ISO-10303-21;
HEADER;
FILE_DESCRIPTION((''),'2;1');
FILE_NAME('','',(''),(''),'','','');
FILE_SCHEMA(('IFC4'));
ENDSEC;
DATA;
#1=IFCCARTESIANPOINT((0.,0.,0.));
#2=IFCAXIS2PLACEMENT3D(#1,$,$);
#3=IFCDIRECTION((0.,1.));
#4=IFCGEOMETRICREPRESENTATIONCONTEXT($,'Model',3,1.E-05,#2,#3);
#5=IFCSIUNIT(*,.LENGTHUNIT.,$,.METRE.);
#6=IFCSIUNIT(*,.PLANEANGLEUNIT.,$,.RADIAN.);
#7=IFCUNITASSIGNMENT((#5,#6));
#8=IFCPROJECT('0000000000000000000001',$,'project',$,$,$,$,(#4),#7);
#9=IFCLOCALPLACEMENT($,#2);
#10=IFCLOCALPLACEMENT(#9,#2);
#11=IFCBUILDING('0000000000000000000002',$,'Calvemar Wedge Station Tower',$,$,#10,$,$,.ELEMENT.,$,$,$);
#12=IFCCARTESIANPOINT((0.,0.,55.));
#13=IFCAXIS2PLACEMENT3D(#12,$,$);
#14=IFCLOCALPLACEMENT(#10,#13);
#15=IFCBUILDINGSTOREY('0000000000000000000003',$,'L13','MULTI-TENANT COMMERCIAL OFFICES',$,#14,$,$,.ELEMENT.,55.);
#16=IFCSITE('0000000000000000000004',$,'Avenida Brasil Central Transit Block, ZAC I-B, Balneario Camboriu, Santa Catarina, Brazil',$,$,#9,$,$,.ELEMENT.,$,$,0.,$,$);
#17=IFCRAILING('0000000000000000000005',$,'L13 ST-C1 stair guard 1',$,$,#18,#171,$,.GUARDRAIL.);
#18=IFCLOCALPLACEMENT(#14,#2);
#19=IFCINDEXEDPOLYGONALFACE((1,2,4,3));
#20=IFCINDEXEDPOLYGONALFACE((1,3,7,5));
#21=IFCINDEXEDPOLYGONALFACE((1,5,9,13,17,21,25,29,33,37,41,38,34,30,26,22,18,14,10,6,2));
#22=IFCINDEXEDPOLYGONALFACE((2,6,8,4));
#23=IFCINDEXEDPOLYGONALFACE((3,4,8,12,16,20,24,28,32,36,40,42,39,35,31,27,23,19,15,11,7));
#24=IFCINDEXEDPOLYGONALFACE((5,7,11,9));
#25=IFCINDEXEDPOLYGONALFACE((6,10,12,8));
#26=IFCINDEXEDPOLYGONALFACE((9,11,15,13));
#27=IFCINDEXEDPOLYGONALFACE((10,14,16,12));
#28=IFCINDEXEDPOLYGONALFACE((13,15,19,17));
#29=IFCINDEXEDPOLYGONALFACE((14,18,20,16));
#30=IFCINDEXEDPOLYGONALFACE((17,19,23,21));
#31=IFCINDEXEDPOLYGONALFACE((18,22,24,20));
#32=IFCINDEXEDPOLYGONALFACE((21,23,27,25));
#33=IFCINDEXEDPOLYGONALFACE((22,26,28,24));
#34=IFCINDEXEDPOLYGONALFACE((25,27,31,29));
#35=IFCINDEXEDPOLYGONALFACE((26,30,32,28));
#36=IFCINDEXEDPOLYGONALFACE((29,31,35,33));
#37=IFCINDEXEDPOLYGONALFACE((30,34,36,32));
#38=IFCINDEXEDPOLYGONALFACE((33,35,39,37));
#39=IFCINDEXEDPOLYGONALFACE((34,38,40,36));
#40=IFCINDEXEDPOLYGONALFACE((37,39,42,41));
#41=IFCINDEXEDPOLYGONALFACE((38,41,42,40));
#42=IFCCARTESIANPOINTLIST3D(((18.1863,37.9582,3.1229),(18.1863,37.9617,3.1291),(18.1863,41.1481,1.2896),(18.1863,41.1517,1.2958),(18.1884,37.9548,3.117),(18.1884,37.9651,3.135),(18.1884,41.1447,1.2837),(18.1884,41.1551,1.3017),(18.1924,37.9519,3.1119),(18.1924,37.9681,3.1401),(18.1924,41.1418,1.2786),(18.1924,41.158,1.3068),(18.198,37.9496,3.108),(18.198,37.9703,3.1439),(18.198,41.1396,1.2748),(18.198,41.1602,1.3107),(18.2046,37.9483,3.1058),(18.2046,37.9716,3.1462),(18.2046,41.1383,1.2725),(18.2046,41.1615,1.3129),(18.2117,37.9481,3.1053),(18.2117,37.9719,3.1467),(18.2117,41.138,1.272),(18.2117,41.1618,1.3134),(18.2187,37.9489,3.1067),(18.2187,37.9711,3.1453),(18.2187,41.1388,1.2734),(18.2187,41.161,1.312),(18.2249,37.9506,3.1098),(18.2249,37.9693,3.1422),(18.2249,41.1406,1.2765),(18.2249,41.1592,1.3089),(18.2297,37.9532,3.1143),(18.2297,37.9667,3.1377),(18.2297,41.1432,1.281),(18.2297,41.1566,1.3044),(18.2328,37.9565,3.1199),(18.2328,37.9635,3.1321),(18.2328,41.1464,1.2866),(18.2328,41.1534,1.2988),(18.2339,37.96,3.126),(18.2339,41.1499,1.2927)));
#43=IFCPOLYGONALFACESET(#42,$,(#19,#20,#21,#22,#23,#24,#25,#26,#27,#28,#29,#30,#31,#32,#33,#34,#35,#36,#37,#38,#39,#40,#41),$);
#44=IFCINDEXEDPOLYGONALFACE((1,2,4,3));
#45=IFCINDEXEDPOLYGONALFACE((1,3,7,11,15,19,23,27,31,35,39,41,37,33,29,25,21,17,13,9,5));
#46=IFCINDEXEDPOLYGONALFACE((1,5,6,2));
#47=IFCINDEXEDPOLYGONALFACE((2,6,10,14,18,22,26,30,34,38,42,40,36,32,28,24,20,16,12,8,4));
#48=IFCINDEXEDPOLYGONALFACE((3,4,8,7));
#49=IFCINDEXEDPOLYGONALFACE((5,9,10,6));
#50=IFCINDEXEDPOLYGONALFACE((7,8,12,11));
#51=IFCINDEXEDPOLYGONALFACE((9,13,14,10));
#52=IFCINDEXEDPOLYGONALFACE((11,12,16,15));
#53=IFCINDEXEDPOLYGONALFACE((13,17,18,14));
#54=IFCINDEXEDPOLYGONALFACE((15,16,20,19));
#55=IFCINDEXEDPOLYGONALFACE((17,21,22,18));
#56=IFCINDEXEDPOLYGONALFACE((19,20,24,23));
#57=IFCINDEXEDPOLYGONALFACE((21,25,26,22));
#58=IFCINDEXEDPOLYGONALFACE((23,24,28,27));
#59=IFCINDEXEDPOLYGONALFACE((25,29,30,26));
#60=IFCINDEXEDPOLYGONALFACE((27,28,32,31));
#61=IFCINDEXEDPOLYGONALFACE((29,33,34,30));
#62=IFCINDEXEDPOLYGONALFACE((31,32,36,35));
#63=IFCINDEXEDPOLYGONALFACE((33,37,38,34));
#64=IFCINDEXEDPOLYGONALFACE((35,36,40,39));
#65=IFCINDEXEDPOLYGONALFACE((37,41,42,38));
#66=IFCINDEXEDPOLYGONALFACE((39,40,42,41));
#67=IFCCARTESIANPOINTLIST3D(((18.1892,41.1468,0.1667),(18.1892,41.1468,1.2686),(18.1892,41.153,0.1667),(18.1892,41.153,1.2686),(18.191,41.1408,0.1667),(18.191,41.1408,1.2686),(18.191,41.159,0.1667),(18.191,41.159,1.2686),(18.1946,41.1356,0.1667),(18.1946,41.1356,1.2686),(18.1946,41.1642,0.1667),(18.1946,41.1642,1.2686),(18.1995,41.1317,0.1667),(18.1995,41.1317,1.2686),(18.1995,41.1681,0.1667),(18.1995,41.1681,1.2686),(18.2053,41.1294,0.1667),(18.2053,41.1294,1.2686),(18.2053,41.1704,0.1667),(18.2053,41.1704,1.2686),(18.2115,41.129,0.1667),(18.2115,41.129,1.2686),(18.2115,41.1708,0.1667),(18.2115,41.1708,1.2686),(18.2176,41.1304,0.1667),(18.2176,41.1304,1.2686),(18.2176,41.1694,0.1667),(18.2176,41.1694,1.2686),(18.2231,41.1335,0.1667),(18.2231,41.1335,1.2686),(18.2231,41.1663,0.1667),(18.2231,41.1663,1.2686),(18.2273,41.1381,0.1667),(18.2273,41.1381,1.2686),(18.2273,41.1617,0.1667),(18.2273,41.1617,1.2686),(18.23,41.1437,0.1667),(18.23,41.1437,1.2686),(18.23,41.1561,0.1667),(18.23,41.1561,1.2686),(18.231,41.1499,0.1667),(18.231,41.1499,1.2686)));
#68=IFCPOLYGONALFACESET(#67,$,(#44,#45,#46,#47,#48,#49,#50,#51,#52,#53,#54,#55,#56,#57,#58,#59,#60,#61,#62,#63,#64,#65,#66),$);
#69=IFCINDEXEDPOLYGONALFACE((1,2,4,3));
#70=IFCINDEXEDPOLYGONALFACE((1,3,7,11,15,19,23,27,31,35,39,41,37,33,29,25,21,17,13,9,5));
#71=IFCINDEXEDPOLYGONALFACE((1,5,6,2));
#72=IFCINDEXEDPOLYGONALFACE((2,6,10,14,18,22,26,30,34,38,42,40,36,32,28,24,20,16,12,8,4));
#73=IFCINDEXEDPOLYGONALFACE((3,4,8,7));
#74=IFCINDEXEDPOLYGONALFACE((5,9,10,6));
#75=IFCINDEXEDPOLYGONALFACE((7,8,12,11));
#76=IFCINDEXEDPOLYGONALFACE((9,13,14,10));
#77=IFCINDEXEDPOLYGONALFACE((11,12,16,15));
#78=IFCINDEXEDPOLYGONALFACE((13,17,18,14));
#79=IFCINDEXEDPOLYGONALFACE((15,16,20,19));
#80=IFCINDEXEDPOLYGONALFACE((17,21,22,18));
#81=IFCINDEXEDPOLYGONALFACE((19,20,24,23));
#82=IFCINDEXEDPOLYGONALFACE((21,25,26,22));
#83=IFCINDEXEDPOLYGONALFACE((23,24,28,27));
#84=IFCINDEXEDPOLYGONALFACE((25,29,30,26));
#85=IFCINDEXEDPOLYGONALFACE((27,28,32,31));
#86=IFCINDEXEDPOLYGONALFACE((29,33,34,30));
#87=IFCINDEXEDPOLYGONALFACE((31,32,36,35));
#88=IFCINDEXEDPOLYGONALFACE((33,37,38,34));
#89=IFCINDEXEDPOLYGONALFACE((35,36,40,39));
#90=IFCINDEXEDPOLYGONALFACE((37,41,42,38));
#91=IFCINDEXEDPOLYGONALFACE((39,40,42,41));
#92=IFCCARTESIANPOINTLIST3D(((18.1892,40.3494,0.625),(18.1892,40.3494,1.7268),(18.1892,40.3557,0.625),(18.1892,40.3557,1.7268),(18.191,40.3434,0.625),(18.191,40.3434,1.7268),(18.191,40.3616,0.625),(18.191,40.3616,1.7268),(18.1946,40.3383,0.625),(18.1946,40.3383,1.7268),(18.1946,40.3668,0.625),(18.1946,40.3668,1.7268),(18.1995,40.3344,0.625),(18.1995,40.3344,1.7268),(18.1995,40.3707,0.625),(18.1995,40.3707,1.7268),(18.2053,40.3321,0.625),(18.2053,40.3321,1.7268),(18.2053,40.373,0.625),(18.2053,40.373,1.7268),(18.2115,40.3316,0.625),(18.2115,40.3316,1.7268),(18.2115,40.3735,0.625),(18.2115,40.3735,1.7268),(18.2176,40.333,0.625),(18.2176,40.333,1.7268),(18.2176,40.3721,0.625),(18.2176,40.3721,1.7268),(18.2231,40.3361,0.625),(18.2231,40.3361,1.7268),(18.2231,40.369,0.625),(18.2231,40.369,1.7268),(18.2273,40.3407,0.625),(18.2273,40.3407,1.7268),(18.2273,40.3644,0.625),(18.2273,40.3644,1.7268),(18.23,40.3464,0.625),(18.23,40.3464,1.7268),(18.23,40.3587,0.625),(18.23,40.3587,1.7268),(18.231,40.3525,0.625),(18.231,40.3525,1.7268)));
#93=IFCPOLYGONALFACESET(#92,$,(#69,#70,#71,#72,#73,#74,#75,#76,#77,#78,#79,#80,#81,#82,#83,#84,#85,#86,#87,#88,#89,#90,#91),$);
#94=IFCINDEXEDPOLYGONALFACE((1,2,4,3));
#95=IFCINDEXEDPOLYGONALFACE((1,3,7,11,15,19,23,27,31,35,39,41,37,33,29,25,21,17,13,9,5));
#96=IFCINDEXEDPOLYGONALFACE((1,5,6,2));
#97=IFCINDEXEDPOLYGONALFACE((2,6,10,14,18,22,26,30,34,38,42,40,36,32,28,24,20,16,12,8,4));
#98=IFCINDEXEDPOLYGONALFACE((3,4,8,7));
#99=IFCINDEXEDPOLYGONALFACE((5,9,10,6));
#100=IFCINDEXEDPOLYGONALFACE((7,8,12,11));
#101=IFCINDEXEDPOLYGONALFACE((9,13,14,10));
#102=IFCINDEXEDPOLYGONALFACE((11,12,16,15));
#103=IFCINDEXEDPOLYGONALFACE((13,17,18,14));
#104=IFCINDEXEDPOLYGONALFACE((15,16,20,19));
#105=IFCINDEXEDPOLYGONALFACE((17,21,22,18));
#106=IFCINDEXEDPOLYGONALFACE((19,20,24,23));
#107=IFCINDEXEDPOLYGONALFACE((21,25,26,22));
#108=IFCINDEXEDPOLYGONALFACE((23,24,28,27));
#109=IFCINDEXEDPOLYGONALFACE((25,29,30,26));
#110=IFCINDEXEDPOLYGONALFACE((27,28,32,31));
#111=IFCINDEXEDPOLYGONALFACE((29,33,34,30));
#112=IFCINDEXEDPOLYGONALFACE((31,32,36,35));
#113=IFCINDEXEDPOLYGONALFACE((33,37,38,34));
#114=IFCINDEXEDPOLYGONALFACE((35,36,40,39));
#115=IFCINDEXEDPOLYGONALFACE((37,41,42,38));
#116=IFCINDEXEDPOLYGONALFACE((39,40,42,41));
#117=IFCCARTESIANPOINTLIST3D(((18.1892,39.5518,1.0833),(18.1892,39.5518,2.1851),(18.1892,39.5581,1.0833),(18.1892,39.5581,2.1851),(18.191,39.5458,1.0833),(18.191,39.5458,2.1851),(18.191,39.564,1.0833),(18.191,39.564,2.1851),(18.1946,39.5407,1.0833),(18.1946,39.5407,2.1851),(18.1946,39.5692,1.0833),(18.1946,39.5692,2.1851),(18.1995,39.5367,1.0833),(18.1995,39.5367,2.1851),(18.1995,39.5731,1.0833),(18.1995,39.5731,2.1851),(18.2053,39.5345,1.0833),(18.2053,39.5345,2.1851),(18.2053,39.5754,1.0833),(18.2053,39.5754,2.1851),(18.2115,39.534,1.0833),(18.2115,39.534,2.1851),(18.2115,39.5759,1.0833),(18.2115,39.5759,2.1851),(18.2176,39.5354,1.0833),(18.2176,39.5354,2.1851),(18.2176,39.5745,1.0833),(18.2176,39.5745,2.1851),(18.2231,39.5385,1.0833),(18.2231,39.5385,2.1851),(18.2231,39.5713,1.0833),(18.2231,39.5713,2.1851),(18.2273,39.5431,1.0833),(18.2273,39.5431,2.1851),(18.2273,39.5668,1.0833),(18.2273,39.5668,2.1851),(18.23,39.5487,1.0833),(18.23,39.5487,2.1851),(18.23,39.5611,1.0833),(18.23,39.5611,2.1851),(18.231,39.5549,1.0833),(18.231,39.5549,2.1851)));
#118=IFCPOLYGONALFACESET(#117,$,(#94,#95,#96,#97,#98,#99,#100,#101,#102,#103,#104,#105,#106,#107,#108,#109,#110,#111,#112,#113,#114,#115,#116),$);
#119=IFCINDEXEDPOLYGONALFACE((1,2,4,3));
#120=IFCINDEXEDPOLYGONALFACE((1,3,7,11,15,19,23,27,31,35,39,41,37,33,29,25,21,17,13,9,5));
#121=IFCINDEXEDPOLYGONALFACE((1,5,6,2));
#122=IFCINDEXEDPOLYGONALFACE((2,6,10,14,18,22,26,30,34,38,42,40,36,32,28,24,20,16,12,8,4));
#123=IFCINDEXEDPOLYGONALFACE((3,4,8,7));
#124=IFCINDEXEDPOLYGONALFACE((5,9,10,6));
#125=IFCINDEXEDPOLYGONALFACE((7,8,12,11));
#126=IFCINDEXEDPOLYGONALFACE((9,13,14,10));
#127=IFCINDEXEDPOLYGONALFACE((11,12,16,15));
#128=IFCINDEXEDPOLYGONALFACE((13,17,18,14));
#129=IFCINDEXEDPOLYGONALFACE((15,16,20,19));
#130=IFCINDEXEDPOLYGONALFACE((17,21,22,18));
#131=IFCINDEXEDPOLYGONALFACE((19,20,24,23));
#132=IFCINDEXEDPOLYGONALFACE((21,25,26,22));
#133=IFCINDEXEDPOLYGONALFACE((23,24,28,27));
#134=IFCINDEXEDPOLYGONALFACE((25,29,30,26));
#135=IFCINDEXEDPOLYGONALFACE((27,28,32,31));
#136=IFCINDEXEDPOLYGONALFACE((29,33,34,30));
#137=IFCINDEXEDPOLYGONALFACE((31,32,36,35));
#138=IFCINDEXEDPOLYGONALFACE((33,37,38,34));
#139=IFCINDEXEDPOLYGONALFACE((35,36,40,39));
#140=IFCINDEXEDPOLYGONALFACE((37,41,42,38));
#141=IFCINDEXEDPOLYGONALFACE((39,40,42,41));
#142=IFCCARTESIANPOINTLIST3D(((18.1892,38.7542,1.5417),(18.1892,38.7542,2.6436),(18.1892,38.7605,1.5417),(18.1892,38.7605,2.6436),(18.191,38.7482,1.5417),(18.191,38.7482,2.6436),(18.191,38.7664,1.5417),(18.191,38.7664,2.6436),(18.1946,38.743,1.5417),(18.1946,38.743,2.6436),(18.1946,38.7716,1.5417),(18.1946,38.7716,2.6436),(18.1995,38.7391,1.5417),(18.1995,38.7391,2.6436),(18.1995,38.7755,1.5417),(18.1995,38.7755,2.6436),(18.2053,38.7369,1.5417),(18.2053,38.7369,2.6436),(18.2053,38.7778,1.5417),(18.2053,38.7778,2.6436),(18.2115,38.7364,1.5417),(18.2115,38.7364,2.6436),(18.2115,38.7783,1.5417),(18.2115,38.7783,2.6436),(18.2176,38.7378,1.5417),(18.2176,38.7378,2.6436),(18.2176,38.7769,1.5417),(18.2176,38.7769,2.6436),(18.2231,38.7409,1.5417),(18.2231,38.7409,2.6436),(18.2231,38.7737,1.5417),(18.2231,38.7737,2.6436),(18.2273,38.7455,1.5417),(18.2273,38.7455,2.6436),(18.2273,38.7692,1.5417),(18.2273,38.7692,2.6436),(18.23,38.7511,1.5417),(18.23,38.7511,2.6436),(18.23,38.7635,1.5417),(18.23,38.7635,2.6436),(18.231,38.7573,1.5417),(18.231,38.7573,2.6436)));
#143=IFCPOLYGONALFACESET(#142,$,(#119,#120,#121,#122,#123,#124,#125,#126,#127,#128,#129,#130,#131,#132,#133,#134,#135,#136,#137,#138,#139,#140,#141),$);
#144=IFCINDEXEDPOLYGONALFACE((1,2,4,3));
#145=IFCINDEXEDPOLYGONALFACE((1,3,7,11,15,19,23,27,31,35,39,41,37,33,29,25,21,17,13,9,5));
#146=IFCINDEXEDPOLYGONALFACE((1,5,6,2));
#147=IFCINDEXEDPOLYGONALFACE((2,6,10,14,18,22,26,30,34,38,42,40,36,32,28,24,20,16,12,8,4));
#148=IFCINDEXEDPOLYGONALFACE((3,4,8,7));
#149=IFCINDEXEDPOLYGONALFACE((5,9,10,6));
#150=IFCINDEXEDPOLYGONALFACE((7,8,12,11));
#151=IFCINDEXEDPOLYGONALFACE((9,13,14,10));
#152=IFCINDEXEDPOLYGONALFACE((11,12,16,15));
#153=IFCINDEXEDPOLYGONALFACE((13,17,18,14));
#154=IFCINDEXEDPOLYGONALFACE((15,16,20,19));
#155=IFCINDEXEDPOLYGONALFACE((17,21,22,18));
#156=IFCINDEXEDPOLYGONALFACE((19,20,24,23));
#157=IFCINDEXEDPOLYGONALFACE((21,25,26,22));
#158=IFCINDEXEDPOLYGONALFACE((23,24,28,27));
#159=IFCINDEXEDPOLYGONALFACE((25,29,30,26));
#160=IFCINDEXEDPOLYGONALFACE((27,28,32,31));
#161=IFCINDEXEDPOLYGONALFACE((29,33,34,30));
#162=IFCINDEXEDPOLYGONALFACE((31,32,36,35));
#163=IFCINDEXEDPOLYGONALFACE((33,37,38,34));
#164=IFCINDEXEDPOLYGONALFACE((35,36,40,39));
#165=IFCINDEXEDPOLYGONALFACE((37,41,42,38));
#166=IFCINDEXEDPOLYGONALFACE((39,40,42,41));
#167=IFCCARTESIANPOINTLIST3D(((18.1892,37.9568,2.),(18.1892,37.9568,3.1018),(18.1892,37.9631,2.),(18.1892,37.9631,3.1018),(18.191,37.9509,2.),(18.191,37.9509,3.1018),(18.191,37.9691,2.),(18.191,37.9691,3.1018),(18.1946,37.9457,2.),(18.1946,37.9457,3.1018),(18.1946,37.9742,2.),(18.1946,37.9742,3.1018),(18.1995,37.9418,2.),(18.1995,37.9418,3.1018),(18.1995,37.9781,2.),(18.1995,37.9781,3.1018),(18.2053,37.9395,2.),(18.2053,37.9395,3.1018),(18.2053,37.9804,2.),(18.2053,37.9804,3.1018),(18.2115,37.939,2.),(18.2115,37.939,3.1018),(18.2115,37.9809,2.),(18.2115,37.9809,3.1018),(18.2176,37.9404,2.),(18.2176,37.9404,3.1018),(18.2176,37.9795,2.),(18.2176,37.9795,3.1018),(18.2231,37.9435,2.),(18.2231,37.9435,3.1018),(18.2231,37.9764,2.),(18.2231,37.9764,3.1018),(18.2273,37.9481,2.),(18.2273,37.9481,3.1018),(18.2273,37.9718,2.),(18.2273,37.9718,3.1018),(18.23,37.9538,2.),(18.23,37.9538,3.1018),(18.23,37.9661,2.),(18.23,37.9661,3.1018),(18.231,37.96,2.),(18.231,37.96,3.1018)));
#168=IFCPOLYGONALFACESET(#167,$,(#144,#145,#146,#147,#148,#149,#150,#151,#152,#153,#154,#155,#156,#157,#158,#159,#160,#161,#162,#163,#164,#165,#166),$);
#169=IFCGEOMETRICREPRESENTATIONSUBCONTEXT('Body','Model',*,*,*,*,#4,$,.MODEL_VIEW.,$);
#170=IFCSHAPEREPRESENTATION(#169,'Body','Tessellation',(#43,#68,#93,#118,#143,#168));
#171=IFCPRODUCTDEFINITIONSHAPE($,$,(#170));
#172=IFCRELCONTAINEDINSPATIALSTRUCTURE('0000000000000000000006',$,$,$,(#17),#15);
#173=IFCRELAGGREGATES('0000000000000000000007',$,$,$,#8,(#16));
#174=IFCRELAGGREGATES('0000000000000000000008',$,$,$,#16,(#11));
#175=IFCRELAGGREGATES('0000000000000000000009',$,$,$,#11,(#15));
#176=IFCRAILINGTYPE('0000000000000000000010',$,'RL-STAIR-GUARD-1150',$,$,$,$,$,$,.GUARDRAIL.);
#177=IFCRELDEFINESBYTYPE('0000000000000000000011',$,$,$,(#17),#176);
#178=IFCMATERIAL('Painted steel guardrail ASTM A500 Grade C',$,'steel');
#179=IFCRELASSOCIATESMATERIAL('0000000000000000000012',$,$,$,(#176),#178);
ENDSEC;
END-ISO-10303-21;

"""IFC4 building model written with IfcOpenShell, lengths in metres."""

from ifc_helpers import new_model, si_unit, direction, frame, origin, origin_2d, place, context, subcontext, project, spatial, circle, extrude, material, type_object, element, save


model = new_model("IFC4")

# Units and contexts
model_context = context("Model", 3, precision=1e-05, world=origin(), true_north=direction((0.0, 1.0)))
body_context = subcontext(model_context, "Body", "Model", "MODEL_VIEW")
ifc_project = project(units=[si_unit("LENGTHUNIT", "METRE"), si_unit("PLANEANGLEUNIT", "RADIAN")], contexts=[model_context])

# Site, building, storey
site_placement = place(None, origin())
site = spatial("IfcSite", under=ifc_project, at=site_placement, Name="Avenida Brasil Central Transit Block, ZAC I-B, Balneario Camboriu, Santa Catarina, Brazil", CompositionType="ELEMENT", RefElevation=0.0)
building_placement = place(site_placement, origin())
building = spatial("IfcBuilding", under=site, at=building_placement, Name="Calvemar Wedge Station Tower", CompositionType="ELEMENT")
storey_placement = place(building_placement, frame((0.0, 0.0, 55.0)))
storey = spatial("IfcBuildingStorey", under=building, at=storey_placement, Name="L13", Description="MULTI-TENANT COMMERCIAL OFFICES", CompositionType="ELEMENT", Elevation=55.0)

# Railing
ifc_material_1 = material(Name="Painted steel guardrail ASTM A500 Grade C", Category="steel")
railing_type_1 = type_object("IfcRailingType", Name="RL-STAIR-GUARD-1150", PredefinedType="GUARDRAIL", material=ifc_material_1)
railing_1_placement = place(storey_placement, frame((18.21, 41.1499, 0.1667)))
element("IfcRailing", 1, at=railing_1_placement, inside=storey, type_object=railing_type_1, Name="L13 ST-C1 stair guard 1", PredefinedType="GUARDRAIL", context=body_context, shape_type="SweptSolid", body=[
    extrude(circle(Radius=0.0239, at=origin_2d()), frame((0.0, 0.0, 1.126), z_axis=(0.0, -0.86702, 0.498274), x_axis=(1.0, 0.0, 0.0)), (0.0, 0.0, 1.0), 3.6792),
    extrude(circle(Radius=0.021, at=origin_2d()), origin(), (0.0, 0.0, 1.0), 1.1018),
    extrude(circle(Radius=0.021, at=origin_2d()), frame((0.0, -0.7974, 0.4583)), (0.0, 0.0, 1.0), 1.1018),
    extrude(circle(Radius=0.021, at=origin_2d()), frame((0.0, -1.595, 0.9165)), (0.0, 0.0, 1.0), 1.1018),
    extrude(circle(Radius=0.021, at=origin_2d()), frame((0.0, -2.3926, 1.375)), (0.0, 0.0, 1.0), 1.1018),
    extrude(circle(Radius=0.021, at=origin_2d()), frame((0.0, -3.1899, 1.8333)), (0.0, 0.0, 1.0), 1.1018),
])

save(model, "model.ifc")
